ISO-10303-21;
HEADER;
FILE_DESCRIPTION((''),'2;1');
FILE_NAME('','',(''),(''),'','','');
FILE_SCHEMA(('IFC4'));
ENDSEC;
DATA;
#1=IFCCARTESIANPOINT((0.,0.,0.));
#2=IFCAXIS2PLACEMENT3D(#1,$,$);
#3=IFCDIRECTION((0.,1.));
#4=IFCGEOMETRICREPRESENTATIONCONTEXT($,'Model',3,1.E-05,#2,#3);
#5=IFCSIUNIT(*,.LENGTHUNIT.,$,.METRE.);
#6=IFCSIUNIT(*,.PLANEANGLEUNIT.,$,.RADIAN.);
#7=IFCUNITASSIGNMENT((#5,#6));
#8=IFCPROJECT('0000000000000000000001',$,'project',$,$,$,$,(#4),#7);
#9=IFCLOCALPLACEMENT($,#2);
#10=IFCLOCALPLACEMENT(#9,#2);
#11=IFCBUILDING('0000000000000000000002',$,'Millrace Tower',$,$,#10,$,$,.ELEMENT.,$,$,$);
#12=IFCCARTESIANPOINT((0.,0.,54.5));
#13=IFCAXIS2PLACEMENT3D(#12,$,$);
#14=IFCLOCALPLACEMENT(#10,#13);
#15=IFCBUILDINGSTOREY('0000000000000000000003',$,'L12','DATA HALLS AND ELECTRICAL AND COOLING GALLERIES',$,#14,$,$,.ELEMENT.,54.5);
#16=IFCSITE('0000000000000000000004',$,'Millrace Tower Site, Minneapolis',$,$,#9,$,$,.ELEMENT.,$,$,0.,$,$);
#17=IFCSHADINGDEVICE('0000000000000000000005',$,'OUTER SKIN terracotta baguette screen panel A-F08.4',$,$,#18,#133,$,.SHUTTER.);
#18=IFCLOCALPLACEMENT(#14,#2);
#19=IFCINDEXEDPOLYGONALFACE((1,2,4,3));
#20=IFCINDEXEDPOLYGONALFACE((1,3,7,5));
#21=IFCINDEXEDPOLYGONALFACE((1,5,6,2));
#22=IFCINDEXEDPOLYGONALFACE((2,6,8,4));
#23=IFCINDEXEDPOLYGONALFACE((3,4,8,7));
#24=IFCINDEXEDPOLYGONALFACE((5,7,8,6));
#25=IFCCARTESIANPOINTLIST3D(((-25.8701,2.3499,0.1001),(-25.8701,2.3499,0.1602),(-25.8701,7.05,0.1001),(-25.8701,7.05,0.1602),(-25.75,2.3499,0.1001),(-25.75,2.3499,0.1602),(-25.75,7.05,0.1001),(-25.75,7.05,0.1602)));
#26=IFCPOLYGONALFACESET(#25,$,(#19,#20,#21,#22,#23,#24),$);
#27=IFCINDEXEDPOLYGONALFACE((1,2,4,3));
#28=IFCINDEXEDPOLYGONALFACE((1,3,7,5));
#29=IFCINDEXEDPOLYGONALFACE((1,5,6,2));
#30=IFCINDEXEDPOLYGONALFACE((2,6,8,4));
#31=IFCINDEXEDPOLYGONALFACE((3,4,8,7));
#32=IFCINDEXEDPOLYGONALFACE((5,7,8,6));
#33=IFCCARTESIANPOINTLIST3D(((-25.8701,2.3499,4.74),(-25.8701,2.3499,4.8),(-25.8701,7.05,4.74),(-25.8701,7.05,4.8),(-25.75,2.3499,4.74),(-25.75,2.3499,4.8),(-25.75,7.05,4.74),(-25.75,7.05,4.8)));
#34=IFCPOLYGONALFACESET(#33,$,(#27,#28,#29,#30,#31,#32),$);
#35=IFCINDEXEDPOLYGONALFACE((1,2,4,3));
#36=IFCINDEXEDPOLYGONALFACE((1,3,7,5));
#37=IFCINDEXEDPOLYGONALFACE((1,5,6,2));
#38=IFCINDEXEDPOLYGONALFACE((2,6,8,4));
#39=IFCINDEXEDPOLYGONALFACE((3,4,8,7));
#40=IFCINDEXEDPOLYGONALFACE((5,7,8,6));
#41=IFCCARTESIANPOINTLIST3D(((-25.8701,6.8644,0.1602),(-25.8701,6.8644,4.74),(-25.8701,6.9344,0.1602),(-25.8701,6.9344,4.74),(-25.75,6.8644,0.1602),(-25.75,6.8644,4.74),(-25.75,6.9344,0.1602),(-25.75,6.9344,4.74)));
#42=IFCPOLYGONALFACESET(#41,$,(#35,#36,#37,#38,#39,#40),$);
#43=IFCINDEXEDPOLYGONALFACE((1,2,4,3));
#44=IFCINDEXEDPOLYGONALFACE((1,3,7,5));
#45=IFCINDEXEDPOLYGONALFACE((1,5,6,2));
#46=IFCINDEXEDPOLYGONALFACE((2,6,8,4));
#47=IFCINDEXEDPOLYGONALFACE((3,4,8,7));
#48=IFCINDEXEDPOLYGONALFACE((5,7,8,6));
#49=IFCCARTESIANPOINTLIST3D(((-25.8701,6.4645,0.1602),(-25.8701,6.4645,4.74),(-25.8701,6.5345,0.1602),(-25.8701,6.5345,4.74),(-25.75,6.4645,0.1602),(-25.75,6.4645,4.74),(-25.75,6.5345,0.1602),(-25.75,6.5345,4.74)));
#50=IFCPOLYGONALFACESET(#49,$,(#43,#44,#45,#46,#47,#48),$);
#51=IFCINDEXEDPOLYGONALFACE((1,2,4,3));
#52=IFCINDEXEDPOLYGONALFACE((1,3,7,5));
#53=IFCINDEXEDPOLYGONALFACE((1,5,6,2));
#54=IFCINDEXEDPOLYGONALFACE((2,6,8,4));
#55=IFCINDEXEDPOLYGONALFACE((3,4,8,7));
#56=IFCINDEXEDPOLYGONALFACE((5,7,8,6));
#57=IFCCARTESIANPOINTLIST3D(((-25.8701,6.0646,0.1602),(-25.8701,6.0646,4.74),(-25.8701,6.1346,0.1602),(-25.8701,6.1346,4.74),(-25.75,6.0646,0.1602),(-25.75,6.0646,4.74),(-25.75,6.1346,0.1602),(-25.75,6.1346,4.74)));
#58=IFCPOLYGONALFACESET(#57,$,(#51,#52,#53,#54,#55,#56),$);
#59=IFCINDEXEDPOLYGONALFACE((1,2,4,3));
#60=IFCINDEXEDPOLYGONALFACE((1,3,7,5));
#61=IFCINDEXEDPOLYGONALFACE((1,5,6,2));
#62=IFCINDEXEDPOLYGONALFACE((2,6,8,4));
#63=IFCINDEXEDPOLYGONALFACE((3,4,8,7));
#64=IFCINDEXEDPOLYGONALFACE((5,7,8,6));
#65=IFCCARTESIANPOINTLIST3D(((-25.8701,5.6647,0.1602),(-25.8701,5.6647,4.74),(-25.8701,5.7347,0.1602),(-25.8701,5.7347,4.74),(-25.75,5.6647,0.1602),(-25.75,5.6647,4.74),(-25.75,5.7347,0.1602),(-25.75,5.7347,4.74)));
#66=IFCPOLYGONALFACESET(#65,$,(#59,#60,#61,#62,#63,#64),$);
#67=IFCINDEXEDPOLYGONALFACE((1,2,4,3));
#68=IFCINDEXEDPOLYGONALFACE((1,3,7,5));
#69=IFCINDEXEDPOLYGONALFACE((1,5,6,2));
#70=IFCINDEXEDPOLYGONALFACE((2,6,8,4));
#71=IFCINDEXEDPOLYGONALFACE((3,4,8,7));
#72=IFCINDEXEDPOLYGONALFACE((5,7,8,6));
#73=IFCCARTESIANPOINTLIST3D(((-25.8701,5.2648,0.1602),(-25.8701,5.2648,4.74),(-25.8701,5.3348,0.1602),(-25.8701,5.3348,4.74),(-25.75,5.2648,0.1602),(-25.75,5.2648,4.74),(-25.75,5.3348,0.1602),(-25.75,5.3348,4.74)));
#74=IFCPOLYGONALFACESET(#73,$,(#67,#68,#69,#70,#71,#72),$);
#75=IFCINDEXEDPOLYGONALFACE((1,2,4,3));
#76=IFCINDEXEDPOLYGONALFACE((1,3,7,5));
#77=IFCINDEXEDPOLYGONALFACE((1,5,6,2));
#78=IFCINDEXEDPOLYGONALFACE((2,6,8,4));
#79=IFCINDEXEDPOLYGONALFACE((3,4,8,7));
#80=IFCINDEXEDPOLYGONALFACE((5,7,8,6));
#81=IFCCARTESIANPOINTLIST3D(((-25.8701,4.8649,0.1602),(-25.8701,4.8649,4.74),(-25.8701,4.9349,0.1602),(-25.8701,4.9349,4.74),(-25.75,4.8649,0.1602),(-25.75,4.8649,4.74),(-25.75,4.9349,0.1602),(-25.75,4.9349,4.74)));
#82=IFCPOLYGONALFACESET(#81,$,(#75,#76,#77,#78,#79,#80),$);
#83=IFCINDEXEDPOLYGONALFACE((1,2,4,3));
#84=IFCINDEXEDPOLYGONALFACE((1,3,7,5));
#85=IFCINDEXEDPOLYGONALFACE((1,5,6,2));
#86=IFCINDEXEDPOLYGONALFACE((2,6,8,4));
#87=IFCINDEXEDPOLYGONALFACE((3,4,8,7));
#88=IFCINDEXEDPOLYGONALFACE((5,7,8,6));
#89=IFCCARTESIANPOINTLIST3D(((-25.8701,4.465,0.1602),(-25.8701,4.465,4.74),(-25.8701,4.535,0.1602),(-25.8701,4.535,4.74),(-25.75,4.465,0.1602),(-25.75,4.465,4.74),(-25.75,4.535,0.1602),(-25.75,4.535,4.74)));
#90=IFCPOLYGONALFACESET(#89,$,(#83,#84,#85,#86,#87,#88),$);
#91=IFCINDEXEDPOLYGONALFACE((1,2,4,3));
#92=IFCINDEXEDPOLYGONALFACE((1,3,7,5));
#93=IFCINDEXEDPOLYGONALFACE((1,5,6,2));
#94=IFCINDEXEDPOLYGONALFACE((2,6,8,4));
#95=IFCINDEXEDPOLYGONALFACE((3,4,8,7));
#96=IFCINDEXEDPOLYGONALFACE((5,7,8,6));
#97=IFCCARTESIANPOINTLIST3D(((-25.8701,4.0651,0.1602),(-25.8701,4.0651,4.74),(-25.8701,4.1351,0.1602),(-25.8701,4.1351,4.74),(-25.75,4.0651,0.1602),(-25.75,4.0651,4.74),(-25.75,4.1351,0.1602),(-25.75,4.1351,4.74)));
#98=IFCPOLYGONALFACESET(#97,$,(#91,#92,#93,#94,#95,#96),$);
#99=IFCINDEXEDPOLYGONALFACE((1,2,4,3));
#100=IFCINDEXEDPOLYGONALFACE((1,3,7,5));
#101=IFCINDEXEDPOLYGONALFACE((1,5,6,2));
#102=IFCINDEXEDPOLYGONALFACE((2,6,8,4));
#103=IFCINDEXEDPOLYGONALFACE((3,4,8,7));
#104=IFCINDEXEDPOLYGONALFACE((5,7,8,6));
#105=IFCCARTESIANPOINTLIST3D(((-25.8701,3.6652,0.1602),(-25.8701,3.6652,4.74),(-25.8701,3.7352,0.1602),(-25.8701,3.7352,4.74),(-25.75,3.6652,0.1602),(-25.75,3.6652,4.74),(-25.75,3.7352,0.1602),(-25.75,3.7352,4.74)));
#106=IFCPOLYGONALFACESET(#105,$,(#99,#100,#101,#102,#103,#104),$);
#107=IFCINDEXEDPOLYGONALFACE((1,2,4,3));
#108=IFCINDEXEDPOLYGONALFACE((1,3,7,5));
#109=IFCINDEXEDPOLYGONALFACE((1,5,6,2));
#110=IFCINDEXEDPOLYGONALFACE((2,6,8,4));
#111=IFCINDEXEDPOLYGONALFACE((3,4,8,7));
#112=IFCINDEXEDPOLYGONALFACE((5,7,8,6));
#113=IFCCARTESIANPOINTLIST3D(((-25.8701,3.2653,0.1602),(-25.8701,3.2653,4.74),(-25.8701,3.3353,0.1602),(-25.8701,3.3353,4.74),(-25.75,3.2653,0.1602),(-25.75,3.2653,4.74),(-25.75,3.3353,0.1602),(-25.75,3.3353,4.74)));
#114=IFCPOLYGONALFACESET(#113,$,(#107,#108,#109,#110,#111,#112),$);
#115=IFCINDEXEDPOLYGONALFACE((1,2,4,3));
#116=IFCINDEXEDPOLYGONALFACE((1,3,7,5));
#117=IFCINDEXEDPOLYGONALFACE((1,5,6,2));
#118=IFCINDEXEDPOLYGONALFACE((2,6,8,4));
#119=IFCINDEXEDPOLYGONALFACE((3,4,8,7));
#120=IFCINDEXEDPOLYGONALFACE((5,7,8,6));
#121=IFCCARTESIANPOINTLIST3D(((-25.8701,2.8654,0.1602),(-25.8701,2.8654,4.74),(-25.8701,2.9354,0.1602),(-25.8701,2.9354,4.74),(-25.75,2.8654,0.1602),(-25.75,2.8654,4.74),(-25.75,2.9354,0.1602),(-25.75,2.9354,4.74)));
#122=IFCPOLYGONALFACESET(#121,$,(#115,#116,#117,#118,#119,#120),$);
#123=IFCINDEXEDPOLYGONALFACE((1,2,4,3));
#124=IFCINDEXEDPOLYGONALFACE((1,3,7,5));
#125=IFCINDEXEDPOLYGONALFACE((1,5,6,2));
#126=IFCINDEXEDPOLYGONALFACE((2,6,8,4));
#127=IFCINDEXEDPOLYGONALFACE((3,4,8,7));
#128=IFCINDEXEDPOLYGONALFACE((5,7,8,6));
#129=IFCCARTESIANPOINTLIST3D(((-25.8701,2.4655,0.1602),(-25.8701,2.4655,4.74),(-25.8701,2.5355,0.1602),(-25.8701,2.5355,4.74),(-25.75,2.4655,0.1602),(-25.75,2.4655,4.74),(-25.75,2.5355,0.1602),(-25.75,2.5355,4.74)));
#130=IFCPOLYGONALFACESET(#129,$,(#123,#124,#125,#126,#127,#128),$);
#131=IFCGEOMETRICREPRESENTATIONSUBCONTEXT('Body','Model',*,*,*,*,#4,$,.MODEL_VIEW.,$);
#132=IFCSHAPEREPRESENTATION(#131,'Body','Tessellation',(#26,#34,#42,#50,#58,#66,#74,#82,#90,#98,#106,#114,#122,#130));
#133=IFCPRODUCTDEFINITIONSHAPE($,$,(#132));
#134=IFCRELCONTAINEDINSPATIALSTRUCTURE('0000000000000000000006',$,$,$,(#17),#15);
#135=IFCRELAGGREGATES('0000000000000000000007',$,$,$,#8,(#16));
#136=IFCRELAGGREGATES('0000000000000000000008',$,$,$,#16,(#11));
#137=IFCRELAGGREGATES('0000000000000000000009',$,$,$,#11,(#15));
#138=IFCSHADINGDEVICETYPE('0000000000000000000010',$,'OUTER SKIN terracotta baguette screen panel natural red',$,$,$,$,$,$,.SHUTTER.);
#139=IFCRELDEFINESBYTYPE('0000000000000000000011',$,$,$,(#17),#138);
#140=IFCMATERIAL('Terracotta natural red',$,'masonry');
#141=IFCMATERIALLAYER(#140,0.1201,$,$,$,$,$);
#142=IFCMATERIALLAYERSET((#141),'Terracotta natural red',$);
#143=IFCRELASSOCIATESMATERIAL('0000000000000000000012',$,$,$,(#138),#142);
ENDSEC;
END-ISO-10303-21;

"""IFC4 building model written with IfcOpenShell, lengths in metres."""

from ifc_helpers import new_model, entity, si_unit, direction, frame, frame_2d, origin, place, context, subcontext, project, spatial, rectangle, extrude, source, transform, mapped, material, layer, layer_set, type_object, element, save


model = new_model("IFC4")

# Units and contexts
model_context = context("Model", 3, precision=1e-05, world=origin(), true_north=direction((0.0, 1.0)))
body_context = subcontext(model_context, "Body", "Model", "MODEL_VIEW")
ifc_project = project(units=[si_unit("LENGTHUNIT", "METRE"), si_unit("PLANEANGLEUNIT", "RADIAN")], contexts=[model_context])

# Site, building, storey
site_placement = place(None, origin())
site = spatial("IfcSite", under=ifc_project, at=site_placement, Name="Millrace Tower Site, Minneapolis", CompositionType="ELEMENT", RefElevation=0.0)
building_placement = place(site_placement, origin())
building = spatial("IfcBuilding", under=site, at=building_placement, Name="Millrace Tower", CompositionType="ELEMENT")
storey_placement = place(building_placement, frame((0.0, 0.0, 54.5)))
storey = spatial("IfcBuildingStorey", under=building, at=storey_placement, Name="L12", Description="DATA HALLS AND ELECTRICAL AND COOLING GALLERIES", CompositionType="ELEMENT", Elevation=54.5)

# Shading device
ifc_material_1 = material(Name="Terracotta natural red", Category="masonry")
ifc_layer_1 = layer(ifc_material_1, 0.1201)
ifc_layer_set_1 = layer_set([ifc_layer_1], Name="Terracotta natural red")
shading_device_type = type_object("IfcShadingDeviceType", Name="OUTER SKIN terracotta baguette screen panel natural red", PredefinedType="SHUTTER", material=ifc_layer_set_1)
cartesian_point = entity("IfcCartesianPoint", [-2.3501, 0.0601])
shared_polyline = entity("IfcPolyline", [cartesian_point, entity("IfcCartesianPoint", [2.3501, 0.0601]), entity("IfcCartesianPoint", [2.3501, -0.0601]), entity("IfcCartesianPoint", [-2.3501, -0.0601]), cartesian_point])
shared_shape = source(origin(), body_context, "Body", "SweptSolid", [
    entity("IfcExtrudedAreaSolid", entity("IfcArbitraryClosedProfileDef", "AREA", None, shared_polyline), entity("IfcAxis2Placement3D", entity("IfcCartesianPoint", [0.0, 0.0, 0.0])), entity("IfcDirection", [0.0, 0.0, 1.0]), 0.0601),
    entity("IfcExtrudedAreaSolid", entity("IfcArbitraryClosedProfileDef", "AREA", None, shared_polyline), entity("IfcAxis2Placement3D", entity("IfcCartesianPoint", [0.0, 0.0, 4.6399])), entity("IfcDirection", [0.0, 0.0, 1.0]), 0.0601),
    extrude(rectangle(XDim=0.0701, YDim=0.1201, at=frame_2d((-2.1995, 0.0))), frame((0.0, 0.0, 0.0601)), (0.0, 0.0, 1.0), 4.5798),
    extrude(rectangle(XDim=0.0701, YDim=0.1201, at=frame_2d((-1.7996, 0.0))), frame((0.0, 0.0, 0.0601)), (0.0, 0.0, 1.0), 4.5798),
    extrude(rectangle(XDim=0.0701, YDim=0.1201, at=frame_2d((-1.3997, 0.0))), frame((0.0, 0.0, 0.0601)), (0.0, 0.0, 1.0), 4.5798),
    extrude(rectangle(XDim=0.0701, YDim=0.1201, at=frame_2d((-0.9998, 0.0))), frame((0.0, 0.0, 0.0601)), (0.0, 0.0, 1.0), 4.5798),
    extrude(rectangle(XDim=0.0701, YDim=0.1201, at=frame_2d((-0.5999, 0.0))), frame((0.0, 0.0, 0.0601)), (0.0, 0.0, 1.0), 4.5798),
    extrude(rectangle(XDim=0.0701, YDim=0.1201, at=frame_2d((-0.2, 0.0))), frame((0.0, 0.0, 0.0601)), (0.0, 0.0, 1.0), 4.5798),
    extrude(rectangle(XDim=0.0701, YDim=0.1201, at=frame_2d((0.2, 0.0))), frame((0.0, 0.0, 0.0601)), (0.0, 0.0, 1.0), 4.5798),
    extrude(rectangle(XDim=0.0701, YDim=0.1201, at=frame_2d((0.5999, 0.0))), frame((0.0, 0.0, 0.0601)), (0.0, 0.0, 1.0), 4.5798),
    extrude(rectangle(XDim=0.0701, YDim=0.1201, at=frame_2d((0.9998, 0.0))), frame((0.0, 0.0, 0.0601)), (0.0, 0.0, 1.0), 4.5798),
    extrude(rectangle(XDim=0.0701, YDim=0.1201, at=frame_2d((1.3997, 0.0))), frame((0.0, 0.0, 0.0601)), (0.0, 0.0, 1.0), 4.5798),
    extrude(rectangle(XDim=0.0701, YDim=0.1201, at=frame_2d((1.7996, 0.0))), frame((0.0, 0.0, 0.0601)), (0.0, 0.0, 1.0), 4.5798),
    extrude(rectangle(XDim=0.0701, YDim=0.1201, at=frame_2d((2.1995, 0.0))), frame((0.0, 0.0, 0.0601)), (0.0, 0.0, 1.0), 4.5798),
])
for number, where, z_axis, x_axis, name in (
    (1, (-25.8101, 4.7, 0.1001), (0.0, 0.0, 1.0), (0.0, -1.0, 0.0), "OUTER SKIN terracotta baguette screen panel A-F08.4"),
):
    element("IfcShadingDevice", number, at=place(storey_placement, frame(where, z_axis=z_axis, x_axis=x_axis)), inside=storey, type_object=shading_device_type, Name=name, PredefinedType="SHUTTER", context=body_context, shape_type="MappedRepresentation", body=[
        mapped(shared_shape, transform((0.0, 0.0, 0.0), scale=1.0)),
    ])

save(model, "model.ifc")
